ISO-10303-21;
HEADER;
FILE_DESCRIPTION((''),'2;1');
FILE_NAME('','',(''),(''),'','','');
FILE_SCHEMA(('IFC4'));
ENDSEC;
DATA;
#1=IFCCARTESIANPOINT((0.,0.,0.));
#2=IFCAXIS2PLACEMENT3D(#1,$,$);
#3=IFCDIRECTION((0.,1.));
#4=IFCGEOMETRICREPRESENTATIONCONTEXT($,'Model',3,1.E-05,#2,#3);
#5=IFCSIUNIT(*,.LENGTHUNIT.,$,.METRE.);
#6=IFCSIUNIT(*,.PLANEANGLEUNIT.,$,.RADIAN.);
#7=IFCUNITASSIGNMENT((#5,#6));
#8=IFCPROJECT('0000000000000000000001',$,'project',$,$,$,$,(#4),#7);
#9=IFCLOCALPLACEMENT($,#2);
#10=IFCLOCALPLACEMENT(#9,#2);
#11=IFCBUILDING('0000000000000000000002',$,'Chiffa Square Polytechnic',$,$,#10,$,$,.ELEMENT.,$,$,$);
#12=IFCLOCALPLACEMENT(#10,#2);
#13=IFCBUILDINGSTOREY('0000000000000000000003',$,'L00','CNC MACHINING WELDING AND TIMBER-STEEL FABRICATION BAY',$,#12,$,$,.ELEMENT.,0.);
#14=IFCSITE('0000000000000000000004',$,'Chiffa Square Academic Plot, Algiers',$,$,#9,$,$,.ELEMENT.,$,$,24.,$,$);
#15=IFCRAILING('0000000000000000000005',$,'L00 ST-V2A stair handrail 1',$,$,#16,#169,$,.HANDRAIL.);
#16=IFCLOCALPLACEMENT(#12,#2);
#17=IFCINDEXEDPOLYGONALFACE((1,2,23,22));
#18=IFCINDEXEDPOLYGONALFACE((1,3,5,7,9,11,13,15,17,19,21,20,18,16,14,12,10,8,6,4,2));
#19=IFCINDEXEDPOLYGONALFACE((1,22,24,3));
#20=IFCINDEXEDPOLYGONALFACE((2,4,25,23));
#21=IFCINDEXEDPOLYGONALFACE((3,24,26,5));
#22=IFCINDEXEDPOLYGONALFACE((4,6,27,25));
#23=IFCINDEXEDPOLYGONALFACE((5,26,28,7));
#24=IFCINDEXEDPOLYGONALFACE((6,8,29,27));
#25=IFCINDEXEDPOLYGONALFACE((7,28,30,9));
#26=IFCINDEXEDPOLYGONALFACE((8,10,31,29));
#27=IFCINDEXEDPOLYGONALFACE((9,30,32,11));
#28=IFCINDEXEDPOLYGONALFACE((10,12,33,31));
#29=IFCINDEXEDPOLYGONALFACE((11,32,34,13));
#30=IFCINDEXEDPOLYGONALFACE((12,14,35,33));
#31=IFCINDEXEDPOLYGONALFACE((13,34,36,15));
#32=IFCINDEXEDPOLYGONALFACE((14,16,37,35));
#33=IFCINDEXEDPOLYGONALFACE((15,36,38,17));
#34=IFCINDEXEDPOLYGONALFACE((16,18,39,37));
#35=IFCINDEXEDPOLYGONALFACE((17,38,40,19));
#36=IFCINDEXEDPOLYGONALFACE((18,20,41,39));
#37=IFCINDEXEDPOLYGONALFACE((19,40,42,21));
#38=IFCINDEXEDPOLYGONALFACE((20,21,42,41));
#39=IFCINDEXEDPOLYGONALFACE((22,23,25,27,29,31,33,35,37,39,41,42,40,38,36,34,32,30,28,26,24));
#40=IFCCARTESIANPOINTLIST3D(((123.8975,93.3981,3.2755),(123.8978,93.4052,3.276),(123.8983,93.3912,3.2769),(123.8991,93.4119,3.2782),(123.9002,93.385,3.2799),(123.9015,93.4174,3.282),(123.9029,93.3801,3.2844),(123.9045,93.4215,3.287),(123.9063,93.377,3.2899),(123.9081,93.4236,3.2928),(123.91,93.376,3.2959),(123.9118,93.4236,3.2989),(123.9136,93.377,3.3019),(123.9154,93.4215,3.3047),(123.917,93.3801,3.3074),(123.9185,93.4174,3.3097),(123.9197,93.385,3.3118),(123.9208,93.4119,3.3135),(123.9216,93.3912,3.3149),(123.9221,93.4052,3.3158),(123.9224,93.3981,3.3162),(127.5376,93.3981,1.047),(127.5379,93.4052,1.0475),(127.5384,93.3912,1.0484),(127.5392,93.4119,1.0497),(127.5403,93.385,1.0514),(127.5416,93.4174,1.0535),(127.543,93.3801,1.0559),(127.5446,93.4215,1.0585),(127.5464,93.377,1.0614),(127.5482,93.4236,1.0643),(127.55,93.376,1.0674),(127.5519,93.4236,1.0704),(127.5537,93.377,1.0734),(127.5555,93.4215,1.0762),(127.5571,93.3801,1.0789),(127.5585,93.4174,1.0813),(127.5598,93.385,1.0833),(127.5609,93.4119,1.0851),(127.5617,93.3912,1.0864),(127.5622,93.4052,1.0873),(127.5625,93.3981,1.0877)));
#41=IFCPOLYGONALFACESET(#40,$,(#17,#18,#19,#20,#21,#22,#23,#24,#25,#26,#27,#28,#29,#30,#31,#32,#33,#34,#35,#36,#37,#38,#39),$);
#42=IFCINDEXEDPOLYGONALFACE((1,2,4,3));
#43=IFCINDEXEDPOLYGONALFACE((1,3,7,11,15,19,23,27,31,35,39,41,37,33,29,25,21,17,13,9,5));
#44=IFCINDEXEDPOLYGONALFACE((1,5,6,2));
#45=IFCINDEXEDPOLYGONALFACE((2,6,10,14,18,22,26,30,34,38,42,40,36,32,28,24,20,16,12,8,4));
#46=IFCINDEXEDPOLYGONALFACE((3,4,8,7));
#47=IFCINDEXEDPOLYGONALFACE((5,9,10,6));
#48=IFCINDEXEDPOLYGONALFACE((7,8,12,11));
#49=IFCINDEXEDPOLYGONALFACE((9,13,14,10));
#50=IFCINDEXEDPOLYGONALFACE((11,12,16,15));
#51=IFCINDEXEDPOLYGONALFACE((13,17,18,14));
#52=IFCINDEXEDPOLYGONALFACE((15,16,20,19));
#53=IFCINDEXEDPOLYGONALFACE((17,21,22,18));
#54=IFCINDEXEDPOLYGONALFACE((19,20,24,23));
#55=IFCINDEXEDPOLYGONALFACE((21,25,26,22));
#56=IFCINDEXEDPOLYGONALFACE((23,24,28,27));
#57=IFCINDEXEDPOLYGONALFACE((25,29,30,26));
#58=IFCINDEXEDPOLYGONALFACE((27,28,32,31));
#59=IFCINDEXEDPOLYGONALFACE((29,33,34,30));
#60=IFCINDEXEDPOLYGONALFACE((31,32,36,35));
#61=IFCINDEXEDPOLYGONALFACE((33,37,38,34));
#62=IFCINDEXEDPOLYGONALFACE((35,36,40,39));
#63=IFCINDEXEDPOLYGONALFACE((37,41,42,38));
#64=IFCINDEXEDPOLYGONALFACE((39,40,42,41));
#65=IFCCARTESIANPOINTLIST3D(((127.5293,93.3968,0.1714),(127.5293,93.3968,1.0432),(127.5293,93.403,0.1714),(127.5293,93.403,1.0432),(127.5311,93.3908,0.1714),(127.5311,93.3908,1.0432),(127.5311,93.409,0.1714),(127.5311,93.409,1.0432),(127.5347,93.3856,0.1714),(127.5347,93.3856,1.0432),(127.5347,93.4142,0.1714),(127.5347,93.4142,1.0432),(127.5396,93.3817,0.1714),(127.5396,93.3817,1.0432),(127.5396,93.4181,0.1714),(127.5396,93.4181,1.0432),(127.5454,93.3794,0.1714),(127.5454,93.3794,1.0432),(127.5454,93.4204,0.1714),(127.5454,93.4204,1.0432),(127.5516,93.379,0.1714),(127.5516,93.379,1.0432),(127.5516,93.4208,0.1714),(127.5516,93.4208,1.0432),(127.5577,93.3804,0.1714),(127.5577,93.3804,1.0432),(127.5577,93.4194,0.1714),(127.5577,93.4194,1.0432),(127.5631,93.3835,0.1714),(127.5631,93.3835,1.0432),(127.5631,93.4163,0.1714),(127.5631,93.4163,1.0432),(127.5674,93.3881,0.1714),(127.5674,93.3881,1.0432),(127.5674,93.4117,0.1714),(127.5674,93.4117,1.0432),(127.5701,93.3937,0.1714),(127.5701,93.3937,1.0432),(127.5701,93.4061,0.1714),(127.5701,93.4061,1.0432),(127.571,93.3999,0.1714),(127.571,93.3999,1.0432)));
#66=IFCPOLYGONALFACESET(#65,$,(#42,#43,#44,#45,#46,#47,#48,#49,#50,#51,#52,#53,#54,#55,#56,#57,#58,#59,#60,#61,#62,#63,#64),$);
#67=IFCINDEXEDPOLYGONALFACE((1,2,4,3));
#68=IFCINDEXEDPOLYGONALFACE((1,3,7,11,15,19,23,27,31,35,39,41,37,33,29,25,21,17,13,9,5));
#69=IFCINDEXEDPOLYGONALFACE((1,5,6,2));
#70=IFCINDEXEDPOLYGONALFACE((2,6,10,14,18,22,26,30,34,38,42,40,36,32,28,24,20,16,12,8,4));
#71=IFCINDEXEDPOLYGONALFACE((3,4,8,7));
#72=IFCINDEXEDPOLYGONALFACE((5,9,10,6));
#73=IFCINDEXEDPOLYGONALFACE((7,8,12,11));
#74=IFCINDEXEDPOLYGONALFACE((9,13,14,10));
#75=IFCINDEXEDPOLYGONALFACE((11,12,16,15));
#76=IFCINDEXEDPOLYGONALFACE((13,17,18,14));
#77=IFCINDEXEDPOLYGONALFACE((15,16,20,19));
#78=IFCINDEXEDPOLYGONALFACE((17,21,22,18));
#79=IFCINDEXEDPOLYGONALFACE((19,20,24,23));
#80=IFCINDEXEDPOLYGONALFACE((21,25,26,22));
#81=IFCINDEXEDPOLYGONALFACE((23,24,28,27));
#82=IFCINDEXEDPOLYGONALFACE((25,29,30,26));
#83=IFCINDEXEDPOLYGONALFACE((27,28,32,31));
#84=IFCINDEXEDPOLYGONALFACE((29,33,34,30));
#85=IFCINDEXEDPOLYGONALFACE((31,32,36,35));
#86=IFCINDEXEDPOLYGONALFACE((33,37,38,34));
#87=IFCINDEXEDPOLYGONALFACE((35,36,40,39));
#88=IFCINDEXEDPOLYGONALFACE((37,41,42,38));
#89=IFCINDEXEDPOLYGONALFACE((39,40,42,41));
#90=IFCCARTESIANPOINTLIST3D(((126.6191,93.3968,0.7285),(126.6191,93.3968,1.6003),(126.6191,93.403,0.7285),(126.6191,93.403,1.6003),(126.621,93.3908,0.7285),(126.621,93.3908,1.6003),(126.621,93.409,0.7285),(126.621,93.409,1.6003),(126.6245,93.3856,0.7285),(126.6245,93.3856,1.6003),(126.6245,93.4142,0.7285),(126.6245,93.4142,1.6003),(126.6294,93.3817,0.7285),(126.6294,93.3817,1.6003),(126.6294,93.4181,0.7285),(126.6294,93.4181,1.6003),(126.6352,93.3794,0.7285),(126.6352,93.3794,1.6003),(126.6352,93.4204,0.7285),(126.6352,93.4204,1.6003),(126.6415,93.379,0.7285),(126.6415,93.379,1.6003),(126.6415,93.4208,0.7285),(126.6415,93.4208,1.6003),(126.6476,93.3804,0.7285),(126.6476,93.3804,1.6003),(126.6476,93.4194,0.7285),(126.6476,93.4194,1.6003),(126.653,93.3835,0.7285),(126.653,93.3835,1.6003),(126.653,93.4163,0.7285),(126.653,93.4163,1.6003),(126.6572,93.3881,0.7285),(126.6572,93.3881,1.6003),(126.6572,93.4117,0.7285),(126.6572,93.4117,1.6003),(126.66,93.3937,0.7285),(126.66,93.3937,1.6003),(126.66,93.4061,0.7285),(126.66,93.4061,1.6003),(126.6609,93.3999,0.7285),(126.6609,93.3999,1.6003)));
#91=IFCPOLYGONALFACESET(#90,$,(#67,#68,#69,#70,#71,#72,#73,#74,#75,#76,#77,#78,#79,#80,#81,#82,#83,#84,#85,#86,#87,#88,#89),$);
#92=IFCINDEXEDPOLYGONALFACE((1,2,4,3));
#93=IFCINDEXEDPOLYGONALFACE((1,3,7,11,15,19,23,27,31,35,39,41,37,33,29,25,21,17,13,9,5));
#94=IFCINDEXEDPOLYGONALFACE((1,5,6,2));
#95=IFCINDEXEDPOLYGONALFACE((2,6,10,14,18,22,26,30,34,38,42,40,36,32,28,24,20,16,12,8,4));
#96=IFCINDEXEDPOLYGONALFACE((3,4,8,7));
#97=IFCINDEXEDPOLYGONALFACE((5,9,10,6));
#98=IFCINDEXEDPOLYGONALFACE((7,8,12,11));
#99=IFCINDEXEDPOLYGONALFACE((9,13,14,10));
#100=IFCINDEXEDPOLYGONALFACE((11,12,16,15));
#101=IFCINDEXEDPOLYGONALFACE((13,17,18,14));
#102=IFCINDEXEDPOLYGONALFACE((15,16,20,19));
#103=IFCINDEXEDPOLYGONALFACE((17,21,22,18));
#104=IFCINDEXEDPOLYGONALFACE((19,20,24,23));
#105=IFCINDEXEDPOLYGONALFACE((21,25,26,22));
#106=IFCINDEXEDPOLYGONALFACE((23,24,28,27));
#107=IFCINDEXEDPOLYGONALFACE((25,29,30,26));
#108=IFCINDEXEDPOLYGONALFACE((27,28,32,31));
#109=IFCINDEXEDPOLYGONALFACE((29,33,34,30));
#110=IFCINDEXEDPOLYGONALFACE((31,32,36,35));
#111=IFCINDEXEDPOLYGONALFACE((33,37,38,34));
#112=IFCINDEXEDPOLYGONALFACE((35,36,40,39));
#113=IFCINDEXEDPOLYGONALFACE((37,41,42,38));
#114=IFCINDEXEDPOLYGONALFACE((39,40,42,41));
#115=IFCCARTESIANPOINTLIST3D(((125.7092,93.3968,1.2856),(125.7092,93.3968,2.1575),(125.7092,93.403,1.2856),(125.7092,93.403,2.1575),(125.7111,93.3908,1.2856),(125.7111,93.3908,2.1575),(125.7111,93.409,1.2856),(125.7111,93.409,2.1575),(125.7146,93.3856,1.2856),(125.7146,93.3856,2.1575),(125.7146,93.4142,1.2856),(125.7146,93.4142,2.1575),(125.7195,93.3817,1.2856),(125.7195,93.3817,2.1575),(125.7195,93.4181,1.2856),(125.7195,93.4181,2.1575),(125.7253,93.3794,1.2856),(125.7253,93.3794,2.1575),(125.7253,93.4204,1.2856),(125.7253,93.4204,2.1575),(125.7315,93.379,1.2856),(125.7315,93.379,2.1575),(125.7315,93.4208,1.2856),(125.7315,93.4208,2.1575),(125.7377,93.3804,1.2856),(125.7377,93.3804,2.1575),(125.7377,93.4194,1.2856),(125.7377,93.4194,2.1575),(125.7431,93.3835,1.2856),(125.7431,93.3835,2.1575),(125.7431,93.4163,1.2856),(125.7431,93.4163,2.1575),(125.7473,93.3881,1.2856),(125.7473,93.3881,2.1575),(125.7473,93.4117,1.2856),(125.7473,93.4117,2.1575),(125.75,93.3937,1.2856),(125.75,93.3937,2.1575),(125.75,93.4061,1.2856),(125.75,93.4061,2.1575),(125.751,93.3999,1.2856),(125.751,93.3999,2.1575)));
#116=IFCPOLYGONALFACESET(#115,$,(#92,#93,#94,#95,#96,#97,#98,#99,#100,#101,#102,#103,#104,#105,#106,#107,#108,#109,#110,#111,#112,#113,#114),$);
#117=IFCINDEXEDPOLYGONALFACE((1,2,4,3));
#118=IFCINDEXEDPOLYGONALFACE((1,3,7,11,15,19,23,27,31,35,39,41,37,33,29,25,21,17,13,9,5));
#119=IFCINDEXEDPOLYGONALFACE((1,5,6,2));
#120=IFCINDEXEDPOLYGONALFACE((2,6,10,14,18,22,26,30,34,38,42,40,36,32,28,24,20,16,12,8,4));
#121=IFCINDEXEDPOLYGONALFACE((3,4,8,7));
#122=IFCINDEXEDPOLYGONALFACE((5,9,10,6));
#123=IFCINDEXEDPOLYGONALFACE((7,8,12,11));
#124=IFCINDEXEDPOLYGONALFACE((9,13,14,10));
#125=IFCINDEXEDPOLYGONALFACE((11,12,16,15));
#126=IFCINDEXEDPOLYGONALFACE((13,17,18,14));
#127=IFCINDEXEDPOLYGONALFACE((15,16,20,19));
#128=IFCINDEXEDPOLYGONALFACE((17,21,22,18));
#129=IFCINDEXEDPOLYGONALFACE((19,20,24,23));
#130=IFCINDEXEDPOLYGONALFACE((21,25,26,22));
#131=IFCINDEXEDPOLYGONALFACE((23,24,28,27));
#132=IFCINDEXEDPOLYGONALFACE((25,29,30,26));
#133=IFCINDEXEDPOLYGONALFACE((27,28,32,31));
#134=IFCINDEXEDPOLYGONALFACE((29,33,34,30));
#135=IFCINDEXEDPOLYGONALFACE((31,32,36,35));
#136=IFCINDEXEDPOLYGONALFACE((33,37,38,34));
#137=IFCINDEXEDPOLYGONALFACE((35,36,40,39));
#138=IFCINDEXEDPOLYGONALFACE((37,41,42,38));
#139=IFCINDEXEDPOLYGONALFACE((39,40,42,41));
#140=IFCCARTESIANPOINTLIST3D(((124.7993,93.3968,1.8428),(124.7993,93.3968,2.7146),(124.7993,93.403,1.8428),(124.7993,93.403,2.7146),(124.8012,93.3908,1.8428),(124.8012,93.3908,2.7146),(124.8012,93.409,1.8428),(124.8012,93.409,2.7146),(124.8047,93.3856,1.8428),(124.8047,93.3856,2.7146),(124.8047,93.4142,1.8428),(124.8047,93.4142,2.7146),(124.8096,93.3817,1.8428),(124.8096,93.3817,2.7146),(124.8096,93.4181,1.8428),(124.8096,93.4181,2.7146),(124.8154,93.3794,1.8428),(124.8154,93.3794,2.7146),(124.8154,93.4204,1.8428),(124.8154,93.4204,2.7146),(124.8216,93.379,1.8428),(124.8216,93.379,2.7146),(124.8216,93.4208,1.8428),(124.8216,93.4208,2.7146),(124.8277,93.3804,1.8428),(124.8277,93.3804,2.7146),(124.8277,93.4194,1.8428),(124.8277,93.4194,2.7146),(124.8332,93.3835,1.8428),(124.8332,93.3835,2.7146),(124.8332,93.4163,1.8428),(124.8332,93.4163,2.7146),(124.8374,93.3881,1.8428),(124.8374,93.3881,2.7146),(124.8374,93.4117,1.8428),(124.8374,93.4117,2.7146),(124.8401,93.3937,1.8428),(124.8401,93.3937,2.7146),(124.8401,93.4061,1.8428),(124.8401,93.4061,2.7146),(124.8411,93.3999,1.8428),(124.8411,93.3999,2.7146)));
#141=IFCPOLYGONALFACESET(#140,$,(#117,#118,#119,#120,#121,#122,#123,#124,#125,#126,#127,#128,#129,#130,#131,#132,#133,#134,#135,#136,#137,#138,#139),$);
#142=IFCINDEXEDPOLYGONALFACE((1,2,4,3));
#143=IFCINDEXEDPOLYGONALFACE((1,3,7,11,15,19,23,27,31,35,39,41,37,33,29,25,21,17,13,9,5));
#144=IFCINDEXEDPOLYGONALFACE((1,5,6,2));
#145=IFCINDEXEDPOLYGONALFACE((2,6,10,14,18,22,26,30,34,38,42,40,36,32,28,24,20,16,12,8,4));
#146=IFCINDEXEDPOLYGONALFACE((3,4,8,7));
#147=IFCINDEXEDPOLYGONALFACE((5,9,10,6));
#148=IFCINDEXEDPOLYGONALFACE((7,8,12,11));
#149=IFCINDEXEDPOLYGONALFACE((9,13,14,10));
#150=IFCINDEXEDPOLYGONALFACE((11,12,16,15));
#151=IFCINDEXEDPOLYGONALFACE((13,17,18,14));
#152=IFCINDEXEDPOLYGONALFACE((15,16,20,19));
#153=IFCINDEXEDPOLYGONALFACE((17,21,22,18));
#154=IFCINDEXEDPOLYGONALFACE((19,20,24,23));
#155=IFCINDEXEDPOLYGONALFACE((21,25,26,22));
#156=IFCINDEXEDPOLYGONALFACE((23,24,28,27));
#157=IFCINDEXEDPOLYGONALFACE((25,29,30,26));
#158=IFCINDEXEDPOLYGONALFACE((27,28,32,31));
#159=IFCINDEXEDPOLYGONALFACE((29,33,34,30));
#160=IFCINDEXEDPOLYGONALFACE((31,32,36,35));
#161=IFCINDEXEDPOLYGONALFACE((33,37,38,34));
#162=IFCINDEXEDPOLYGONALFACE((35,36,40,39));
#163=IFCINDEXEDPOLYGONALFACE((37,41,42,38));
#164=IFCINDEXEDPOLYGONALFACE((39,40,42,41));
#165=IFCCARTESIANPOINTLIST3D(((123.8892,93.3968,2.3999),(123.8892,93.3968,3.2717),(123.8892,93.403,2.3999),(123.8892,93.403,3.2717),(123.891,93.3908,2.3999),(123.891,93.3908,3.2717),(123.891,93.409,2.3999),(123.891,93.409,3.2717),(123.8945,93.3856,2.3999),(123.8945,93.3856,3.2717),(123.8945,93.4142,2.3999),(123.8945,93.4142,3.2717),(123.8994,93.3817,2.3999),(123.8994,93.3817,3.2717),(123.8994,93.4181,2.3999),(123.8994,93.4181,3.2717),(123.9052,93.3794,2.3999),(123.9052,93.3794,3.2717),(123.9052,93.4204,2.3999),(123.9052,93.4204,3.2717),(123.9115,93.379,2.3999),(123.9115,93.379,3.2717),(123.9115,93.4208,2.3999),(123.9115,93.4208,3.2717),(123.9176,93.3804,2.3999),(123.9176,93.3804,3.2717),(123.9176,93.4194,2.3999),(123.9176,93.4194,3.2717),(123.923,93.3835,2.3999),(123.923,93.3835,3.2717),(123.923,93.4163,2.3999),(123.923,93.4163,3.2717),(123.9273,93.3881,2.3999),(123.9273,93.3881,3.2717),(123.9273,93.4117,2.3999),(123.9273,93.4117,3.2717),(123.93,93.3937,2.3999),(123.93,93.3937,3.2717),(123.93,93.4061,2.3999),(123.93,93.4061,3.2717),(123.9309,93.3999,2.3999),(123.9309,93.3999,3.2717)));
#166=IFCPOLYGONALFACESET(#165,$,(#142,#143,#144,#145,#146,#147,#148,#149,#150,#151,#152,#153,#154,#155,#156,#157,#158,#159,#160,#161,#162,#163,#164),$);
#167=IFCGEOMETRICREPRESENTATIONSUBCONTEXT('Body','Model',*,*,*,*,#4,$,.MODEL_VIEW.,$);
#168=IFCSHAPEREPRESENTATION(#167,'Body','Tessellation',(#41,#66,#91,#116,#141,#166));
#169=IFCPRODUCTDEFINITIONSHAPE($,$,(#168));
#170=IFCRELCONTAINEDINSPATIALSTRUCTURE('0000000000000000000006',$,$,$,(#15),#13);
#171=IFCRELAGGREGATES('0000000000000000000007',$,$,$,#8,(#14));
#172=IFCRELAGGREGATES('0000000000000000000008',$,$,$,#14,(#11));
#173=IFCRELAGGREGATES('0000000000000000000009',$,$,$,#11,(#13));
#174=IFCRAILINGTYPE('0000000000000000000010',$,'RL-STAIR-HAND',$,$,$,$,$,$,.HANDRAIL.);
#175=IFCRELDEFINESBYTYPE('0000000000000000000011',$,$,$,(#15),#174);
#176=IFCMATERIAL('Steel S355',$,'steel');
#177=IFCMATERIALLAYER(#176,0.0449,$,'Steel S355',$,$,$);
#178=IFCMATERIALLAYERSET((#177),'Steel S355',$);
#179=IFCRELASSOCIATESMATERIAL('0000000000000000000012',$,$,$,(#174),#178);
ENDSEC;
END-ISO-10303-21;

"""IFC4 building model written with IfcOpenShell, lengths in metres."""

from ifc_helpers import new_model, si_unit, direction, frame, origin, origin_2d, place, context, subcontext, project, spatial, circle, extrude, material, layer, layer_set, type_object, element, save


model = new_model("IFC4")

# Units and contexts
model_context = context("Model", 3, precision=1e-05, world=origin(), true_north=direction((0.0, 1.0)))
body_context = subcontext(model_context, "Body", "Model", "MODEL_VIEW")
ifc_project = project(units=[si_unit("LENGTHUNIT", "METRE"), si_unit("PLANEANGLEUNIT", "RADIAN")], contexts=[model_context])

# Site, building, storey
site_placement = place(None, origin())
site = spatial("IfcSite", under=ifc_project, at=site_placement, Name="Chiffa Square Academic Plot, Algiers", CompositionType="ELEMENT", RefElevation=24.0)
building_placement = place(site_placement, origin())
building = spatial("IfcBuilding", under=site, at=building_placement, Name="Chiffa Square Polytechnic", CompositionType="ELEMENT")
storey_placement = place(building_placement, origin())
storey = spatial("IfcBuildingStorey", under=building, at=storey_placement, Name="L00", Description="CNC MACHINING WELDING AND TIMBER-STEEL FABRICATION BAY", CompositionType="ELEMENT", Elevation=0.0)

# Railing
ifc_material_1 = material(Name="Steel S355", Category="steel")
ifc_layer_1 = layer(ifc_material_1, 0.0449, Name="Steel S355")
ifc_layer_set_1 = layer_set([ifc_layer_1], Name="Steel S355")
railing_type_1 = type_object("IfcRailingType", Name="RL-STAIR-HAND", PredefinedType="HANDRAIL", material=ifc_layer_set_1)
railing_1_placement = place(storey_placement, frame((127.55, 93.3999, 0.1714)))
element("IfcRailing", 1, at=railing_1_placement, inside=storey, type_object=railing_type_1, Name="L00 ST-V2A stair handrail 1", PredefinedType="HANDRAIL", context=body_context, shape_type="SweptSolid", body=[
    extrude(circle(Radius=0.0239, at=origin_2d()), frame((0.0, 0.0, 0.896), z_axis=(-0.852866, 0.0, 0.52213), x_axis=(0.0, -1.0, 0.0)), (0.0, 0.0, 1.0), 4.2681),
    extrude(circle(Radius=0.021, at=origin_2d()), origin(), (0.0, 0.0, 1.0), 0.8718),
    extrude(circle(Radius=0.021, at=origin_2d()), frame((-0.9102, 0.0, 0.5571)), (0.0, 0.0, 1.0), 0.8718),
    extrude(circle(Radius=0.021, at=origin_2d()), frame((-1.8201, 0.0, 1.1143)), (0.0, 0.0, 1.0), 0.8718),
    extrude(circle(Radius=0.021, at=origin_2d()), frame((-2.73, 0.0, 1.6714)), (0.0, 0.0, 1.0), 0.8718),
    extrude(circle(Radius=0.021, at=origin_2d()), frame((-3.6401, 0.0, 2.2285)), (0.0, 0.0, 1.0), 0.8718),
])

save(model, "model.ifc")
